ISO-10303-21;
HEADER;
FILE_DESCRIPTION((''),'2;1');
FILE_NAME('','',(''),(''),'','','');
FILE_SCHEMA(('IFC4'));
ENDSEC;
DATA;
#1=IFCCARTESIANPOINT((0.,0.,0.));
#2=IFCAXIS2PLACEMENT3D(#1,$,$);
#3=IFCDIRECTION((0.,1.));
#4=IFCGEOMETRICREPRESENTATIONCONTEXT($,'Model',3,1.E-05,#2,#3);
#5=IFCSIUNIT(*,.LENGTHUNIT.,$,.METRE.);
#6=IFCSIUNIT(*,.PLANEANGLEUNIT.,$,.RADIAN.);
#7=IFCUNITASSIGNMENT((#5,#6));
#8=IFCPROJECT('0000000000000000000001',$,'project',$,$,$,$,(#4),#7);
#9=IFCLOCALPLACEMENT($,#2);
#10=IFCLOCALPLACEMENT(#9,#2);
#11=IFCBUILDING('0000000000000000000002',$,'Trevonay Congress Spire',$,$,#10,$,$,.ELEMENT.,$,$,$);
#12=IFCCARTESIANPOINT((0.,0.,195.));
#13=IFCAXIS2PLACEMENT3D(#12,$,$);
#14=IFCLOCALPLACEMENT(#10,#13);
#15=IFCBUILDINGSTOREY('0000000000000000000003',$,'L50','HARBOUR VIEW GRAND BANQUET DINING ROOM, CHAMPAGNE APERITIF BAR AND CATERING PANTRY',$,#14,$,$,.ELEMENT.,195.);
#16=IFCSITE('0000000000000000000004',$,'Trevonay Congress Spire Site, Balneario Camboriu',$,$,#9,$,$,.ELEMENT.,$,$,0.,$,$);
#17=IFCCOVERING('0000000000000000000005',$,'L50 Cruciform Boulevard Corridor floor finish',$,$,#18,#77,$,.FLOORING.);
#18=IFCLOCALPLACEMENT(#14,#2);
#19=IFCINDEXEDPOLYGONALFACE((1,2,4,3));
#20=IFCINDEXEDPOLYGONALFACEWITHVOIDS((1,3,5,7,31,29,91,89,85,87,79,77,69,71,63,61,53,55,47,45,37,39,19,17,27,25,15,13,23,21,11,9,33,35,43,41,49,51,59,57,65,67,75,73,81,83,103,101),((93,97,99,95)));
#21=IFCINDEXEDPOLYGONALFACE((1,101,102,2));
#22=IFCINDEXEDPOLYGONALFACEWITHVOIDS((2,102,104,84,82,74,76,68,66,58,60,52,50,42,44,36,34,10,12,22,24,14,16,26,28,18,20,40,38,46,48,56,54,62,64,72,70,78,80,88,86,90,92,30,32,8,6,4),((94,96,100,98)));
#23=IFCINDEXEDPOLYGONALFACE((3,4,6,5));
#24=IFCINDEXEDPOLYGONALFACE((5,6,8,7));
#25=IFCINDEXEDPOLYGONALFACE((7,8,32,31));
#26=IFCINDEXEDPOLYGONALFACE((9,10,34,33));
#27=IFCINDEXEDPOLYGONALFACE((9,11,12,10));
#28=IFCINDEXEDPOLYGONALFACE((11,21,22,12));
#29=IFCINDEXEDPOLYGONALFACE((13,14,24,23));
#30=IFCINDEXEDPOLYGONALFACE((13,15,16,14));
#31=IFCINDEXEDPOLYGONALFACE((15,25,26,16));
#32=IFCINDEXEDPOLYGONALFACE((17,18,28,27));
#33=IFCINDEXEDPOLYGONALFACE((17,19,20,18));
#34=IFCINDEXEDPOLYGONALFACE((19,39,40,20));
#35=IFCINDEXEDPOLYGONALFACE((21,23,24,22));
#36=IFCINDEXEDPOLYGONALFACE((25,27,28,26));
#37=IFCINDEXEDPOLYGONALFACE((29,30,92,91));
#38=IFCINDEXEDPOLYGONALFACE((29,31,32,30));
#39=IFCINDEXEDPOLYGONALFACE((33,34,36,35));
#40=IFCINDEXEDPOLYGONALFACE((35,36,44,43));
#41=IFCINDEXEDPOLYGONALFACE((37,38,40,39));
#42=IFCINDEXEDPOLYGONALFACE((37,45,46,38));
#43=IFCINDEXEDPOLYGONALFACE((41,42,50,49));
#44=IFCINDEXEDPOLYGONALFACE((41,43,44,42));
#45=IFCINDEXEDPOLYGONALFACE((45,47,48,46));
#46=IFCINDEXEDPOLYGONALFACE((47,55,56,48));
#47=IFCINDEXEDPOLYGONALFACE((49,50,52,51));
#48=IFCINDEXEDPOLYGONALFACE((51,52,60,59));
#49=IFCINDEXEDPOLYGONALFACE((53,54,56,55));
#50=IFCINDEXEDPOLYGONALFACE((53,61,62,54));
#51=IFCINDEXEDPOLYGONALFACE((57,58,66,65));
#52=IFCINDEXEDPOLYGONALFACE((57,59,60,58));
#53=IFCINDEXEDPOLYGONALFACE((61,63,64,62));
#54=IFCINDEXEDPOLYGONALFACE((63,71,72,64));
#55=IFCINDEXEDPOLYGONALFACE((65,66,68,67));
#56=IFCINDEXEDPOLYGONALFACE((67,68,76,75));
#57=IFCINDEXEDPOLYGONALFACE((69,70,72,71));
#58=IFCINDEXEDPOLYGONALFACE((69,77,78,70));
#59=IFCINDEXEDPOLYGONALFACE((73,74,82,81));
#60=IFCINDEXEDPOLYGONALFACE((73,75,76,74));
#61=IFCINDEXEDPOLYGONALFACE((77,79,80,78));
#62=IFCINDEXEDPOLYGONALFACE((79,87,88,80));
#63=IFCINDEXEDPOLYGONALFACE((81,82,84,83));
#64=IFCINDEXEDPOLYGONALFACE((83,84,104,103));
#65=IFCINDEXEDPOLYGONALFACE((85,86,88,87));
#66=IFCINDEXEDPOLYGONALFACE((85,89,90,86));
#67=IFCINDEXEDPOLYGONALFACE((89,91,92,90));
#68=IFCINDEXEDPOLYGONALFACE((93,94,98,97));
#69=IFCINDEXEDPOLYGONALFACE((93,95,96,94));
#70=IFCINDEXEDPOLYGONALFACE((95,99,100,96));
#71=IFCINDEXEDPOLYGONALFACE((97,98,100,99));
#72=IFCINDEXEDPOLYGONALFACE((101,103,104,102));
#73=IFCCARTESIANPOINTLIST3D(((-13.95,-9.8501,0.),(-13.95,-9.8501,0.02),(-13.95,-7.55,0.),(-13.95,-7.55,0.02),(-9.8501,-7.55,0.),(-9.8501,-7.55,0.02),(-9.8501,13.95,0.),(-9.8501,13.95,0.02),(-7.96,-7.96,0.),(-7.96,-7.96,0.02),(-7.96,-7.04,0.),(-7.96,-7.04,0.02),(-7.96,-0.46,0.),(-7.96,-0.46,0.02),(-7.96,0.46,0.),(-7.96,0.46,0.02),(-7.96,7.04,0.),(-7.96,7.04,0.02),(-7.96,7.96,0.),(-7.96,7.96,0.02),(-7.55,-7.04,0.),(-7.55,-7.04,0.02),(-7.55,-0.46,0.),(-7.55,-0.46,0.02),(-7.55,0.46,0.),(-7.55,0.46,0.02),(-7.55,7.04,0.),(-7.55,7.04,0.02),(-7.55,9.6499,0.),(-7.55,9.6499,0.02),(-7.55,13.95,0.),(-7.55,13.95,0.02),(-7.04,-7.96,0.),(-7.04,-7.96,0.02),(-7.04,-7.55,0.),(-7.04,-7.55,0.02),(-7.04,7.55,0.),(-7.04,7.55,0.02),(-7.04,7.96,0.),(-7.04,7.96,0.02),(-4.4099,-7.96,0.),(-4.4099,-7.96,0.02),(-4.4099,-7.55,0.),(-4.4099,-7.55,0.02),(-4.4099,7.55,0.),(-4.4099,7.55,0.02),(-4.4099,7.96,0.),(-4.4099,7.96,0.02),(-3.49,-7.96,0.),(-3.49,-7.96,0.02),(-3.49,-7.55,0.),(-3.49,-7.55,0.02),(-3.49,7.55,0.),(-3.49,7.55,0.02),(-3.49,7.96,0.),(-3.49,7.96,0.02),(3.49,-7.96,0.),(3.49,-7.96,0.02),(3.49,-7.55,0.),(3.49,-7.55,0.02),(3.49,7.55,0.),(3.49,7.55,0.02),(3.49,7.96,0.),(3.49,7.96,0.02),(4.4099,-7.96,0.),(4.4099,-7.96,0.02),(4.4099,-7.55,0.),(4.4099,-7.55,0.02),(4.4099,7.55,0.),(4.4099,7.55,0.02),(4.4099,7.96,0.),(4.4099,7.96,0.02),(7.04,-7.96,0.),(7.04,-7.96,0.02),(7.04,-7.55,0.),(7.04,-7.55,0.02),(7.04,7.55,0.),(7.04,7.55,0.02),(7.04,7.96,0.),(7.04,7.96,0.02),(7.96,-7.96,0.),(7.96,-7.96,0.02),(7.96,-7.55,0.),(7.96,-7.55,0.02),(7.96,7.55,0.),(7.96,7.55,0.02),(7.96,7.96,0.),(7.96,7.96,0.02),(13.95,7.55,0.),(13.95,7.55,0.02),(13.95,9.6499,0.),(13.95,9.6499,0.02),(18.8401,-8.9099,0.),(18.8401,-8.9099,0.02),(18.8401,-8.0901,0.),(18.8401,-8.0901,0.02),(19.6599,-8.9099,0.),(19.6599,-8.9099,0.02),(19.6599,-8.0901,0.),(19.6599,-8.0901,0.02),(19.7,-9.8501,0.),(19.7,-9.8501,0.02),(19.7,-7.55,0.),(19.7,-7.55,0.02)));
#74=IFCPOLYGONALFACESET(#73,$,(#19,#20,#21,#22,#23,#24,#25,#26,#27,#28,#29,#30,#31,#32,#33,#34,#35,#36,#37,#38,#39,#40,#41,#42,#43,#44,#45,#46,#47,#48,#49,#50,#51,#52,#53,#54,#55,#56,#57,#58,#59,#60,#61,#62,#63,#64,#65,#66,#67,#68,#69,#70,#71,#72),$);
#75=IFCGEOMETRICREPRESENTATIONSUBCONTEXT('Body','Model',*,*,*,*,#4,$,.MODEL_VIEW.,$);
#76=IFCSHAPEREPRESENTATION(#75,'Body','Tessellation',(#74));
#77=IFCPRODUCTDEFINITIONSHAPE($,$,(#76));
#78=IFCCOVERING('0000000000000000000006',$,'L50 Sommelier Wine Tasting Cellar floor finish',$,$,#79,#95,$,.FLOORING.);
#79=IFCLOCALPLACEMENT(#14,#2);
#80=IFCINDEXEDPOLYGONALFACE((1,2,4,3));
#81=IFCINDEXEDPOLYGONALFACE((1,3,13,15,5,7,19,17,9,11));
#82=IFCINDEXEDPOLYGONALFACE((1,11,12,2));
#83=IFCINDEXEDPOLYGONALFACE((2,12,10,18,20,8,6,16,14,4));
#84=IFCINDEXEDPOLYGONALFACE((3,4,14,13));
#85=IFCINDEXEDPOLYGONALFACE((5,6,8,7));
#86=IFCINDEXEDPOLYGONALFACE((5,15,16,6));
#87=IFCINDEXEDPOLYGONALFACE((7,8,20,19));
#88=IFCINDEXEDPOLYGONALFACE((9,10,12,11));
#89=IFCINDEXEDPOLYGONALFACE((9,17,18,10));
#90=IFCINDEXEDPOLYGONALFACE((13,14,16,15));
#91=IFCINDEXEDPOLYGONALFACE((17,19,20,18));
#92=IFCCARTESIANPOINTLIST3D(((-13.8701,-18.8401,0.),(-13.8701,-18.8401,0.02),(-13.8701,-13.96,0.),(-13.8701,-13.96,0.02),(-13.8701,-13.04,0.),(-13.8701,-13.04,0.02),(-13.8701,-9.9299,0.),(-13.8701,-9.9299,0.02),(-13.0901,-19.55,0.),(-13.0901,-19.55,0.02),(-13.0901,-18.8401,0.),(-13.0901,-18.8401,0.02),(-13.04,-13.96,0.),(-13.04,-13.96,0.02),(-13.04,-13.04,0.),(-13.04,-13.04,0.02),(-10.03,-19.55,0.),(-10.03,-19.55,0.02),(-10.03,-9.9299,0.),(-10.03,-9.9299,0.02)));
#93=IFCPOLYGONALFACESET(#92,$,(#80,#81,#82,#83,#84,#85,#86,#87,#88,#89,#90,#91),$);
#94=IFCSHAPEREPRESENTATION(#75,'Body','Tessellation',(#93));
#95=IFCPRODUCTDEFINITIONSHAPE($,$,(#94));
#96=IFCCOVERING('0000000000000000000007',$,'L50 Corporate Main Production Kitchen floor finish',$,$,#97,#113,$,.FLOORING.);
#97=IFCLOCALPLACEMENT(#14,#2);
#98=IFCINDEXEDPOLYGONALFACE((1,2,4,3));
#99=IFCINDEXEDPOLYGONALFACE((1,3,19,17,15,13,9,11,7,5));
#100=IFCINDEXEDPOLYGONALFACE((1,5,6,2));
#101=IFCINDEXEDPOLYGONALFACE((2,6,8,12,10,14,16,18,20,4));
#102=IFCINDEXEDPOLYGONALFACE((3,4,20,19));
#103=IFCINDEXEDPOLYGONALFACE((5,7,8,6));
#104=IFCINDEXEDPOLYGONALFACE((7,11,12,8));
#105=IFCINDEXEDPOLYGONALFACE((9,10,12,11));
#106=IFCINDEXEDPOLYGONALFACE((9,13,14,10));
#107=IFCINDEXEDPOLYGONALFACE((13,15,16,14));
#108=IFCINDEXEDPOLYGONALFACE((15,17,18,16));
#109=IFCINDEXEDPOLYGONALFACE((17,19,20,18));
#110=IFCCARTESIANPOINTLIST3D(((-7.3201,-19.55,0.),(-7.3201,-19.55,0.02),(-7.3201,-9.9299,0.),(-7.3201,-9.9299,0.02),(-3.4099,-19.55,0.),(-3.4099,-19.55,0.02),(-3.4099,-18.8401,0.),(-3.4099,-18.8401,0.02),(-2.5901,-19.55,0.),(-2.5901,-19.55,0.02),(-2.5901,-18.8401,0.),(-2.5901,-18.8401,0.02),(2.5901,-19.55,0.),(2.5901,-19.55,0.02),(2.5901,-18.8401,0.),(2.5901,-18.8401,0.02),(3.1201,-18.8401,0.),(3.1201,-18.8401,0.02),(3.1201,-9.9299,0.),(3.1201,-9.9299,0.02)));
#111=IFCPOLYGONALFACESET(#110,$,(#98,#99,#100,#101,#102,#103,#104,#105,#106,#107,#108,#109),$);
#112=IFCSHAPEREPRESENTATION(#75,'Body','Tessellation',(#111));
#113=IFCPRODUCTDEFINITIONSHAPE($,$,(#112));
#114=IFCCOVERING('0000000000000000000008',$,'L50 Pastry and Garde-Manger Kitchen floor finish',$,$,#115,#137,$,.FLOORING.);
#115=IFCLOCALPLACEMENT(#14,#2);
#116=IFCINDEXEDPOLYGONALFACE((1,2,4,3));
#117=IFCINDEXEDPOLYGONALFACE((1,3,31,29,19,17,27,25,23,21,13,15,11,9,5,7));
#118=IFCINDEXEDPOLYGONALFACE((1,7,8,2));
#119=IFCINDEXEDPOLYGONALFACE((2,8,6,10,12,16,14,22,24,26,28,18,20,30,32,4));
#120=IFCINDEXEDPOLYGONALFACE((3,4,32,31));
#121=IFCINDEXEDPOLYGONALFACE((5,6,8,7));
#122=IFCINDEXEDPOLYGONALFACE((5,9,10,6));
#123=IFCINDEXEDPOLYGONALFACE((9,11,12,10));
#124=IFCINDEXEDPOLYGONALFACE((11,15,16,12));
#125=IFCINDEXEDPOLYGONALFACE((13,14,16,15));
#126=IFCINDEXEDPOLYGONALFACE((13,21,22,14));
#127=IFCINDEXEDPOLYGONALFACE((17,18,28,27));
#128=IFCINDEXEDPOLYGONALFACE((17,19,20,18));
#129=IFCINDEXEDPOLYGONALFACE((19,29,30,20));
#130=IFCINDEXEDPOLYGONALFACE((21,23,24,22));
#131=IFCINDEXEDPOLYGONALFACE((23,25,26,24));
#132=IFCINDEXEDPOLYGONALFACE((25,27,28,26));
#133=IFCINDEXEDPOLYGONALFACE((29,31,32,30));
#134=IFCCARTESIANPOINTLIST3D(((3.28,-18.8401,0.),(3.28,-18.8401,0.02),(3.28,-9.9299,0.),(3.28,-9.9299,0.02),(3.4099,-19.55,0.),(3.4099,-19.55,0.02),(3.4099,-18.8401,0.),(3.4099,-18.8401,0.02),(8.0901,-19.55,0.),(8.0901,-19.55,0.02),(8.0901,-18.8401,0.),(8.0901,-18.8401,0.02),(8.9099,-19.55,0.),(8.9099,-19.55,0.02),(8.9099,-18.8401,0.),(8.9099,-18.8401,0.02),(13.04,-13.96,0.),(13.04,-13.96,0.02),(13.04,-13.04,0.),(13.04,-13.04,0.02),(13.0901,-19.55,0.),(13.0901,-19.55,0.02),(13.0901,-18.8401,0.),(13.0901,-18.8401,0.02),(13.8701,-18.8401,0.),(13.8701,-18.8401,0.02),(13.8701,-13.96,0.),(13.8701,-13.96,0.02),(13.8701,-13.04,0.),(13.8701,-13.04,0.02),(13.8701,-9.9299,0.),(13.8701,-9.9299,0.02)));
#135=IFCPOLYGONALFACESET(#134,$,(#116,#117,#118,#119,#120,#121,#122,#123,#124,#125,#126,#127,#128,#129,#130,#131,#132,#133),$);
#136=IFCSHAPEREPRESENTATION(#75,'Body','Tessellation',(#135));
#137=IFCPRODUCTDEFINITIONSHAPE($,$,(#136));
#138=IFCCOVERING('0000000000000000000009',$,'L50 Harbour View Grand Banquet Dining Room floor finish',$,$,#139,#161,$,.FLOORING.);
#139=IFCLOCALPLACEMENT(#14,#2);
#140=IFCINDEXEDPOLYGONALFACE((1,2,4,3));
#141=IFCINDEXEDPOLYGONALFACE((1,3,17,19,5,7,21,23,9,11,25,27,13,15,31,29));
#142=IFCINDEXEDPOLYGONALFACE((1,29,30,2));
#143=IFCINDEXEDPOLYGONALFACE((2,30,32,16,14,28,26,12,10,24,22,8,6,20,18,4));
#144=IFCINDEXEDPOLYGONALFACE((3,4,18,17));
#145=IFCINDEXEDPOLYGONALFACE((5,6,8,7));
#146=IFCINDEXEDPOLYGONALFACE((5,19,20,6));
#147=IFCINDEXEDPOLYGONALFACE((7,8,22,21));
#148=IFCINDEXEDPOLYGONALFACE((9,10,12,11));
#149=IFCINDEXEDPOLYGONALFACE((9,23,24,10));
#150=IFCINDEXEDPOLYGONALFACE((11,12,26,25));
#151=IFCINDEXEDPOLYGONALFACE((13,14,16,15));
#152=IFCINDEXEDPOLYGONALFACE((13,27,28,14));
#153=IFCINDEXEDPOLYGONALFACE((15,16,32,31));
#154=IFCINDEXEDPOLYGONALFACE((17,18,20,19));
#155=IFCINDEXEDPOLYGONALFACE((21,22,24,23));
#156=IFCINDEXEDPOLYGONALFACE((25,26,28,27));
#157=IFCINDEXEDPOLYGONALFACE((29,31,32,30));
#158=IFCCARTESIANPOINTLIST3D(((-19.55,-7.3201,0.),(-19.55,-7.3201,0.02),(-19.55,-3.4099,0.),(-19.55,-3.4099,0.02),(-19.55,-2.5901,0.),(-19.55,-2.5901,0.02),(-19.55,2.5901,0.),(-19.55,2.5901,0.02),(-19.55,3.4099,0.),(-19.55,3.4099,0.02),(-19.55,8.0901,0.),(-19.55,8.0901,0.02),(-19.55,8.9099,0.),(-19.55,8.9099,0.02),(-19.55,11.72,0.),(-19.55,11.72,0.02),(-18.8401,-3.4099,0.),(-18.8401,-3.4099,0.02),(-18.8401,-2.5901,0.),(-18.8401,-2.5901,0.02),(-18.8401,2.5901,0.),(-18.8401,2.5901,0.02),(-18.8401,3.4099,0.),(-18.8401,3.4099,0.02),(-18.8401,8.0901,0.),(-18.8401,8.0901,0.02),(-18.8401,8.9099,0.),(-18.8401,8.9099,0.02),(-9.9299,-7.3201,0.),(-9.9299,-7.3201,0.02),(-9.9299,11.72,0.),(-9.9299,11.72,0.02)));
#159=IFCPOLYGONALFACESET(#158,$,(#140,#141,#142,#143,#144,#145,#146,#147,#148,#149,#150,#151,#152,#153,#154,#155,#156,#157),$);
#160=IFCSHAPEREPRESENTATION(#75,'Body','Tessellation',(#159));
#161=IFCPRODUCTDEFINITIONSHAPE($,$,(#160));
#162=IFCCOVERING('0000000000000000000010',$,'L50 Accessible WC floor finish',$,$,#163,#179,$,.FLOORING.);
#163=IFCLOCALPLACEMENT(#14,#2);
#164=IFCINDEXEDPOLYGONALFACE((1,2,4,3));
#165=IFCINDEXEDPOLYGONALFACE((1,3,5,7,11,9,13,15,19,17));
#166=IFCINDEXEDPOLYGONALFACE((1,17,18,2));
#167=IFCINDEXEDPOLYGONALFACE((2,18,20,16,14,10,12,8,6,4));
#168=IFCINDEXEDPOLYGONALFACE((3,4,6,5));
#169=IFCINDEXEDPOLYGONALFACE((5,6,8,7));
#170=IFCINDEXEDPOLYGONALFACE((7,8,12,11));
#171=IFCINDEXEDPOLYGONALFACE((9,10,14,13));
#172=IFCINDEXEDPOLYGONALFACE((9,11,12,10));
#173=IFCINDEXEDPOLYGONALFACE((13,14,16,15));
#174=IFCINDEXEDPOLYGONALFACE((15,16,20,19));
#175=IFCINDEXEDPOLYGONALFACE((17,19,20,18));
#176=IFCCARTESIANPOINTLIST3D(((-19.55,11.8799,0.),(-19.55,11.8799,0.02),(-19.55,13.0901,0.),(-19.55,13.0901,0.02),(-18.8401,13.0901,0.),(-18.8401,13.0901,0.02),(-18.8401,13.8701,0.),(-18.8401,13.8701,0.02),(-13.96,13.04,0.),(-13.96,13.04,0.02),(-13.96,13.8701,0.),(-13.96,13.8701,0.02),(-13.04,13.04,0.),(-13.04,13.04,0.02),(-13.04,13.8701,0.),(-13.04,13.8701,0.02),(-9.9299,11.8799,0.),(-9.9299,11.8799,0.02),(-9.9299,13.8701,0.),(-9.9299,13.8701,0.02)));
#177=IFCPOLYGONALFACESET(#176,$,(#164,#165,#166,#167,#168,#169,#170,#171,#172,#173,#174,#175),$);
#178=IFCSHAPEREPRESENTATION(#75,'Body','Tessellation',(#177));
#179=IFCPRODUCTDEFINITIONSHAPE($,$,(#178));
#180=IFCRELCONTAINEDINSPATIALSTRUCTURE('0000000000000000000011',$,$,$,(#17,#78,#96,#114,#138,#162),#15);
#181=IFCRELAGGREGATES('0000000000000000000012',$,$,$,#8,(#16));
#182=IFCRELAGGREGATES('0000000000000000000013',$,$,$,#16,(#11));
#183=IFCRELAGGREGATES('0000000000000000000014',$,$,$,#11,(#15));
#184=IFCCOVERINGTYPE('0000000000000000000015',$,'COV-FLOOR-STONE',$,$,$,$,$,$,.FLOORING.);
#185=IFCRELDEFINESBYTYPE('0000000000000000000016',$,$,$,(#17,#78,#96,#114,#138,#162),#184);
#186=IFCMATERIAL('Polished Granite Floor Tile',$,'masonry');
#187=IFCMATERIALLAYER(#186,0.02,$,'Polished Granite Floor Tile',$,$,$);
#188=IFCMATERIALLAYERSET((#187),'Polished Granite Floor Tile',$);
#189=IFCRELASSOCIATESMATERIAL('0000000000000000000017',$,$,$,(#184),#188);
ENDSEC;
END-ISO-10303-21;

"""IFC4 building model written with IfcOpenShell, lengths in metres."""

from ifc_helpers import new_model, si_unit, direction, frame, origin, place, context, subcontext, project, spatial, polyline, outline, extrude, material, layer, layer_set, type_object, element, save


model = new_model("IFC4")

# Units and contexts
model_context = context("Model", 3, precision=1e-05, world=origin(), true_north=direction((0.0, 1.0)))
body_context = subcontext(model_context, "Body", "Model", "MODEL_VIEW")
ifc_project = project(units=[si_unit("LENGTHUNIT", "METRE"), si_unit("PLANEANGLEUNIT", "RADIAN")], contexts=[model_context])

# Site, building, storey
site_placement = place(None, origin())
site = spatial("IfcSite", under=ifc_project, at=site_placement, Name="Trevonay Congress Spire Site, Balneario Camboriu", CompositionType="ELEMENT", RefElevation=0.0)
building_placement = place(site_placement, origin())
building = spatial("IfcBuilding", under=site, at=building_placement, Name="Trevonay Congress Spire", CompositionType="ELEMENT")
storey_placement = place(building_placement, frame((0.0, 0.0, 195.0)))
storey = spatial("IfcBuildingStorey", under=building, at=storey_placement, Name="L50", Description="HARBOUR VIEW GRAND BANQUET DINING ROOM, CHAMPAGNE APERITIF BAR AND CATERING PANTRY", CompositionType="ELEMENT", Elevation=195.0)

# Coverings
ifc_material_1 = material(Name="Polished Granite Floor Tile", Category="masonry")
ifc_layer_1 = layer(ifc_material_1, 0.02, Name="Polished Granite Floor Tile")
ifc_layer_set_1 = layer_set([ifc_layer_1], Name="Polished Granite Floor Tile")
covering_type_1 = type_object("IfcCoveringType", Name="COV-FLOOR-STONE", PredefinedType="FLOORING", material=ifc_layer_set_1)
covering_1_placement = place(storey_placement, origin())
element("IfcCovering", 1, at=covering_1_placement, inside=storey, type_object=covering_type_1, Name="L50 Cruciform Boulevard Corridor floor finish", PredefinedType="FLOORING", context=body_context, shape_type="SweptSolid", body=[
    extrude(outline(polyline([(19.7, -7.55), (19.7, -9.8501), (-13.95, -9.8501), (-13.95, -7.55), (-9.8501, -7.55), (-9.8501, 13.95), (-7.55, 13.95), (-7.55, 9.6499), (13.95, 9.6499), (13.95, 7.55), (7.96, 7.55), (7.96, 7.96), (7.04, 7.96), (7.04, 7.55), (4.4099, 7.55), (4.4099, 7.96), (3.49, 7.96), (3.49, 7.55), (-3.49, 7.55), (-3.49, 7.96), (-4.4099, 7.96), (-4.4099, 7.55), (-7.04, 7.55), (-7.04, 7.96), (-7.96, 7.96), (-7.96, 7.04), (-7.55, 7.04), (-7.55, 0.46), (-7.96, 0.46), (-7.96, -0.46), (-7.55, -0.46), (-7.55, -7.04), (-7.96, -7.04), (-7.96, -7.96), (-7.04, -7.96), (-7.04, -7.55), (-4.4099, -7.55), (-4.4099, -7.96), (-3.49, -7.96), (-3.49, -7.55), (3.49, -7.55), (3.49, -7.96), (4.4099, -7.96), (4.4099, -7.55), (7.04, -7.55), (7.04, -7.96), (7.96, -7.96), (7.96, -7.55), (19.7, -7.55)]), holes=[polyline([(19.6599, -8.0901), (18.8401, -8.0901), (18.8401, -8.9099), (19.6599, -8.9099), (19.6599, -8.0901)])]), origin(), (0.0, 0.0, 1.0), 0.02),
])
covering_2_placement = place(storey_placement, origin())
element("IfcCovering", 2, at=covering_2_placement, inside=storey, type_object=covering_type_1, Name="L50 Sommelier Wine Tasting Cellar floor finish", PredefinedType="FLOORING", context=body_context, shape_type="SweptSolid", body=[
    extrude(outline(polyline([(-13.8701, -9.9299), (-10.03, -9.9299), (-10.03, -19.55), (-13.0901, -19.55), (-13.0901, -18.8401), (-13.8701, -18.8401), (-13.8701, -13.96), (-13.04, -13.96), (-13.04, -13.04), (-13.8701, -13.04), (-13.8701, -9.9299)])), origin(), (0.0, 0.0, 1.0), 0.02),
])
covering_3_placement = place(storey_placement, origin())
element("IfcCovering", 3, at=covering_3_placement, inside=storey, type_object=covering_type_1, Name="L50 Corporate Main Production Kitchen floor finish", PredefinedType="FLOORING", context=body_context, shape_type="SweptSolid", body=[
    extrude(outline(polyline([(-7.3201, -19.55), (-7.3201, -9.9299), (3.1201, -9.9299), (3.1201, -18.8401), (2.5901, -18.8401), (2.5901, -19.55), (-2.5901, -19.55), (-2.5901, -18.8401), (-3.4099, -18.8401), (-3.4099, -19.55), (-7.3201, -19.55)])), origin(), (0.0, 0.0, 1.0), 0.02),
])
covering_4_placement = place(storey_placement, origin())
element("IfcCovering", 4, at=covering_4_placement, inside=storey, type_object=covering_type_1, Name="L50 Pastry and Garde-Manger Kitchen floor finish", PredefinedType="FLOORING", context=body_context, shape_type="SweptSolid", body=[
    extrude(outline(polyline([(3.4099, -19.55), (3.4099, -18.8401), (3.28, -18.8401), (3.28, -9.9299), (13.8701, -9.9299), (13.8701, -13.04), (13.04, -13.04), (13.04, -13.96), (13.8701, -13.96), (13.8701, -18.8401), (13.0901, -18.8401), (13.0901, -19.55), (8.9099, -19.55), (8.9099, -18.8401), (8.0901, -18.8401), (8.0901, -19.55), (3.4099, -19.55)])), origin(), (0.0, 0.0, 1.0), 0.02),
])
covering_5_placement = place(storey_placement, origin())
element("IfcCovering", 5, at=covering_5_placement, inside=storey, type_object=covering_type_1, Name="L50 Harbour View Grand Banquet Dining Room floor finish", PredefinedType="FLOORING", context=body_context, shape_type="SweptSolid", body=[
    extrude(outline(polyline([(-19.55, 11.72), (-9.9299, 11.72), (-9.9299, -7.3201), (-19.55, -7.3201), (-19.55, -3.4099), (-18.8401, -3.4099), (-18.8401, -2.5901), (-19.55, -2.5901), (-19.55, 2.5901), (-18.8401, 2.5901), (-18.8401, 3.4099), (-19.55, 3.4099), (-19.55, 8.0901), (-18.8401, 8.0901), (-18.8401, 8.9099), (-19.55, 8.9099), (-19.55, 11.72)])), origin(), (0.0, 0.0, 1.0), 0.02),
])
covering_6_placement = place(storey_placement, origin())
element("IfcCovering", 6, at=covering_6_placement, inside=storey, type_object=covering_type_1, Name="L50 Accessible WC floor finish", PredefinedType="FLOORING", context=body_context, shape_type="SweptSolid", body=[
    extrude(outline(polyline([(-9.9299, 13.8701), (-9.9299, 11.8799), (-19.55, 11.8799), (-19.55, 13.0901), (-18.8401, 13.0901), (-18.8401, 13.8701), (-13.96, 13.8701), (-13.96, 13.04), (-13.04, 13.04), (-13.04, 13.8701), (-9.9299, 13.8701)])), origin(), (0.0, 0.0, 1.0), 0.02),
])

save(model, "model.ifc")
